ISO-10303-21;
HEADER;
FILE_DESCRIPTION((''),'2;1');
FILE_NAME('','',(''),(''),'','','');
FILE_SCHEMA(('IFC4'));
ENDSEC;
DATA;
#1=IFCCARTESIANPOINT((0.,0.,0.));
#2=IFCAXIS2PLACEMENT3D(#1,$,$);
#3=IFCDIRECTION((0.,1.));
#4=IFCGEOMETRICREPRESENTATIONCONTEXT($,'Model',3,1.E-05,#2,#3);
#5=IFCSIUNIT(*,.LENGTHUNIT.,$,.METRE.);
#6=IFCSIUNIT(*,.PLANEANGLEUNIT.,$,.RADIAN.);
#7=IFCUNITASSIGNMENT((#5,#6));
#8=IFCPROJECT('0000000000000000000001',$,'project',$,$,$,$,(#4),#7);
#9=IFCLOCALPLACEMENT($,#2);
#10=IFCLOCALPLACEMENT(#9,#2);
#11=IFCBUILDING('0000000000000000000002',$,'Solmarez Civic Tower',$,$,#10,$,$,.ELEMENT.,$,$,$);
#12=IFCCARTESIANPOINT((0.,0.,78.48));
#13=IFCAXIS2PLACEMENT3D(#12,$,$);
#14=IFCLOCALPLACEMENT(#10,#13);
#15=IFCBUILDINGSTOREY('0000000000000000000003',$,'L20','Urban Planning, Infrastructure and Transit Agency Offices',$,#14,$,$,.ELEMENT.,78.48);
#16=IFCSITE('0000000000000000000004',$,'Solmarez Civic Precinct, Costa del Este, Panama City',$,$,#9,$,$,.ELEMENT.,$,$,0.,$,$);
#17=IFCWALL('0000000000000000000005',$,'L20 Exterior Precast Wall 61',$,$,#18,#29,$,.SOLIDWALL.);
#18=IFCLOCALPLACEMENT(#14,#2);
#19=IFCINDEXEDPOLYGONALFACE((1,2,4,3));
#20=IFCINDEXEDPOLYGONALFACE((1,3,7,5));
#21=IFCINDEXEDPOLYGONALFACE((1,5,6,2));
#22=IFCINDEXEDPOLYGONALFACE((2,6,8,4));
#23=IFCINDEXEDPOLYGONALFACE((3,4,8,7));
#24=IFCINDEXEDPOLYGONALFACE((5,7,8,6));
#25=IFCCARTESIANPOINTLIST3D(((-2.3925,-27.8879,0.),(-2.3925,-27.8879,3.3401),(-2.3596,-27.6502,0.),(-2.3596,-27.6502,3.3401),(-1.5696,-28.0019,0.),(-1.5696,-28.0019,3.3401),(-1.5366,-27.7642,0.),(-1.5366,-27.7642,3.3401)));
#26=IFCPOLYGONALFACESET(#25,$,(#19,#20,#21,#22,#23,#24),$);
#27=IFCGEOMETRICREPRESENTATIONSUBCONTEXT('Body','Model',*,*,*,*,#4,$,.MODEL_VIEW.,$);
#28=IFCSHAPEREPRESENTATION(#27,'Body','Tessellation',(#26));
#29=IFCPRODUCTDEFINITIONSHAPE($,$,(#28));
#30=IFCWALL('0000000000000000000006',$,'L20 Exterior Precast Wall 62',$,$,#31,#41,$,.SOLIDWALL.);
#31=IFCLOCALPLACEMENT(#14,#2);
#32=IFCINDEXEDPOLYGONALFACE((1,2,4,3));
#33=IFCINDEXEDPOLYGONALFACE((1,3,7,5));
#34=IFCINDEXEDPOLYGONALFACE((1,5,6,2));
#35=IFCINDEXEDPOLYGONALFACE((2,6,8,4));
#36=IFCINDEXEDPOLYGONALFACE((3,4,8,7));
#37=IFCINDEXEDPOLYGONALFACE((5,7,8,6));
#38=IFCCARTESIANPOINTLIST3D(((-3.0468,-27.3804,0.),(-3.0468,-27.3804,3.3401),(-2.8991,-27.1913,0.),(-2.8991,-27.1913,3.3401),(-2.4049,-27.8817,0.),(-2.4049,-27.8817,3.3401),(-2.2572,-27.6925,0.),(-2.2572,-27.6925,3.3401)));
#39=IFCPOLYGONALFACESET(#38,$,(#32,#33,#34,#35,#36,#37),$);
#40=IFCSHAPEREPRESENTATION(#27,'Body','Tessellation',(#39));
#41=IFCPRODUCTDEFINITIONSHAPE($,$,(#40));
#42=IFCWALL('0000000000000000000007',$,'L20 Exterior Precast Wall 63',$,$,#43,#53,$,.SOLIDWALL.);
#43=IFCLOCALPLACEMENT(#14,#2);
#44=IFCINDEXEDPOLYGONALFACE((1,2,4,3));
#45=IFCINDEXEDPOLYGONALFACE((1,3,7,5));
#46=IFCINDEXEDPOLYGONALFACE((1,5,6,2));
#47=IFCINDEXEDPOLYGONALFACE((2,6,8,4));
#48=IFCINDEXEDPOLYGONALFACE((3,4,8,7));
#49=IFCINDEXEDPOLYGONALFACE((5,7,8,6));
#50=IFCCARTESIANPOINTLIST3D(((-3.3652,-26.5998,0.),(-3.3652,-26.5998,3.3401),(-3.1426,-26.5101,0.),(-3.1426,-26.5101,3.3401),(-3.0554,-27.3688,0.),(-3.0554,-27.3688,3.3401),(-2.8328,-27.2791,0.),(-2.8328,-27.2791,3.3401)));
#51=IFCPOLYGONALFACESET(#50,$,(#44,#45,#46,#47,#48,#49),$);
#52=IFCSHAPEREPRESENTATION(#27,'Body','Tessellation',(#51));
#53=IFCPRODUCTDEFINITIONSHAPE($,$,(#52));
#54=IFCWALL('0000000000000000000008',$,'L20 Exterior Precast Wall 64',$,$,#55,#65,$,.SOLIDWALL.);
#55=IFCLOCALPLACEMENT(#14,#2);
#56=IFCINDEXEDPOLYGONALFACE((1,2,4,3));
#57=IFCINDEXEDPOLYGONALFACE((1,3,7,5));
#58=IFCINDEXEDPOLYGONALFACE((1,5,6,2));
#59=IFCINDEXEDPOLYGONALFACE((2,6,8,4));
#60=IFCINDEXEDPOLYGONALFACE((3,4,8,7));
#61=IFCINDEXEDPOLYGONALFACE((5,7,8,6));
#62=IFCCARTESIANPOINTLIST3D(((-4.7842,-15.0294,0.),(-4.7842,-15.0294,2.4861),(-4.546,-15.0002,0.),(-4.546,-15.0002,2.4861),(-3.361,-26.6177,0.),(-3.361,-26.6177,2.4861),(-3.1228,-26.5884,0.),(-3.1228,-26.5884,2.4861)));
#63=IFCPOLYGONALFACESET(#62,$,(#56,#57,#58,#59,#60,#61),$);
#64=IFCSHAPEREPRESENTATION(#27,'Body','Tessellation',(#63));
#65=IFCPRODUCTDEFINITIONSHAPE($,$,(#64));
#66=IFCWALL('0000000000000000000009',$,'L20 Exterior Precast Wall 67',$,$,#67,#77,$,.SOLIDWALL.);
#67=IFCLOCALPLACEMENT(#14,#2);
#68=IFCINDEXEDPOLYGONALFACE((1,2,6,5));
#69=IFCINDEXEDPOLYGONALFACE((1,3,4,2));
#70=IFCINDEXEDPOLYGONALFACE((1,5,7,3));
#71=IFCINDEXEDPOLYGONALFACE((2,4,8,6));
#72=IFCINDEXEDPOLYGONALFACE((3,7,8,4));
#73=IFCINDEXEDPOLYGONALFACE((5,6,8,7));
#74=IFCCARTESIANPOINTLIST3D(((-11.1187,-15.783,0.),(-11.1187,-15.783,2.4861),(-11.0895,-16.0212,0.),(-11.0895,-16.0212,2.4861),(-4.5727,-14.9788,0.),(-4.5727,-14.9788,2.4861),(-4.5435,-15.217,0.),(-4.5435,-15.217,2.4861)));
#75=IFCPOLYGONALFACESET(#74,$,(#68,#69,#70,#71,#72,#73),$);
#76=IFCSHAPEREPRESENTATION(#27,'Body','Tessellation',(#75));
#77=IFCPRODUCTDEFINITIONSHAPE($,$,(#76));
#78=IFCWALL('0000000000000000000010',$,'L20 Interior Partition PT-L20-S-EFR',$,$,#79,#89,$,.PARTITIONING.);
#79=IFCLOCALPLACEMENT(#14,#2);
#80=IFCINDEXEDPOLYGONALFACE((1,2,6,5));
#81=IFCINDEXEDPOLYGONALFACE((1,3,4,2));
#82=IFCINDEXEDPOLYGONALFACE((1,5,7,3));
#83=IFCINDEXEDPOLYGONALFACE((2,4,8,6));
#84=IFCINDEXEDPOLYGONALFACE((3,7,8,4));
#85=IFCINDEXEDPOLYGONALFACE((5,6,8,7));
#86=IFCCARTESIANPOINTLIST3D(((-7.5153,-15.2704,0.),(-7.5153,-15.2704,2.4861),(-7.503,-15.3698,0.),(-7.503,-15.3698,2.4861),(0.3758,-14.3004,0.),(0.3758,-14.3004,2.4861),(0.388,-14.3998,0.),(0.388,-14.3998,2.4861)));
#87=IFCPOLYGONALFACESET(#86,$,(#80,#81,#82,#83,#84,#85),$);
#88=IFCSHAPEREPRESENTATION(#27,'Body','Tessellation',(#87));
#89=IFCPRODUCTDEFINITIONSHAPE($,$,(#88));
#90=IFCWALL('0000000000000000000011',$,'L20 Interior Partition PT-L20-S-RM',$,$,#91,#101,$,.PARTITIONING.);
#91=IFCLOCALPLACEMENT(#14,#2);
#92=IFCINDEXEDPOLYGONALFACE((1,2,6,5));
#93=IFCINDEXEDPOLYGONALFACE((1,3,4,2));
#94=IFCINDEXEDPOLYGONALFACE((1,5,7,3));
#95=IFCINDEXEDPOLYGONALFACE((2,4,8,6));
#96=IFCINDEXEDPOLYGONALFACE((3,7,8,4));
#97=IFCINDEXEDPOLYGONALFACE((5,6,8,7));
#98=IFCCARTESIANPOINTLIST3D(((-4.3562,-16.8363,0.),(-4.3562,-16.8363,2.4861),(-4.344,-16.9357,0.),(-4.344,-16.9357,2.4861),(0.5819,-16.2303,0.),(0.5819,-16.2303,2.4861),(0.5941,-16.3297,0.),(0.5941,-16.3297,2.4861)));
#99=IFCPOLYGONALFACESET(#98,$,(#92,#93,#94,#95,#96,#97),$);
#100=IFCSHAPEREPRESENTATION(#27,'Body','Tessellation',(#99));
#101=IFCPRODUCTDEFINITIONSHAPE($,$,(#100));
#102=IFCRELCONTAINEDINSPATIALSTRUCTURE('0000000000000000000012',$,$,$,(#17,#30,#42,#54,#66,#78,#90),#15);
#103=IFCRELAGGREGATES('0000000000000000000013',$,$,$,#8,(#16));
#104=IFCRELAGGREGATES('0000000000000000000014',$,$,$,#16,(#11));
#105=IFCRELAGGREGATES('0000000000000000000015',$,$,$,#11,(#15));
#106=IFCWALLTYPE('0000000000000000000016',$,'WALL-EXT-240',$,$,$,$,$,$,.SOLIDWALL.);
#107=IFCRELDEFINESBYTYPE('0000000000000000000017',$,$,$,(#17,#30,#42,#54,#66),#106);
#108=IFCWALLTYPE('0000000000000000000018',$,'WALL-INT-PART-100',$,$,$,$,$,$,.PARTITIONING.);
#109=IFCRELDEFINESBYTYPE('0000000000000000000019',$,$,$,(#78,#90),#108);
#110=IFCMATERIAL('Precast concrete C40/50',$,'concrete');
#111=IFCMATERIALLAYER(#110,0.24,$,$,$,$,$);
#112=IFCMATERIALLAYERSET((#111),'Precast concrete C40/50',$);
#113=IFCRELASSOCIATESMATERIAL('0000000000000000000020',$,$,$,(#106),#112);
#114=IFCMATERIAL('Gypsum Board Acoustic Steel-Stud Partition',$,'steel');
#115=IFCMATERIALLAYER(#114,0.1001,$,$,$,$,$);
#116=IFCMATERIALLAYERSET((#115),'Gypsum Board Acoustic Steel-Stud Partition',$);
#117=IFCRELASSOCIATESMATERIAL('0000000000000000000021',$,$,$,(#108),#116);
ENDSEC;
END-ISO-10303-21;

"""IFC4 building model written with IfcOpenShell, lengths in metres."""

from ifc_helpers import new_model, si_unit, direction, frame, frame_2d, origin, place, context, subcontext, project, spatial, rectangle, extrude, material, layer, layer_set, type_object, element, save


model = new_model("IFC4")

# Units and contexts
model_context = context("Model", 3, precision=1e-05, world=origin(), true_north=direction((0.0, 1.0)))
body_context = subcontext(model_context, "Body", "Model", "MODEL_VIEW")
ifc_project = project(units=[si_unit("LENGTHUNIT", "METRE"), si_unit("PLANEANGLEUNIT", "RADIAN")], contexts=[model_context])

# Site, building, storey
site_placement = place(None, origin())
site = spatial("IfcSite", under=ifc_project, at=site_placement, Name="Solmarez Civic Precinct, Costa del Este, Panama City", CompositionType="ELEMENT", RefElevation=0.0)
building_placement = place(site_placement, origin())
building = spatial("IfcBuilding", under=site, at=building_placement, Name="Solmarez Civic Tower", CompositionType="ELEMENT")
storey_placement = place(building_placement, frame((0.0, 0.0, 78.48)))
storey = spatial("IfcBuildingStorey", under=building, at=storey_placement, Name="L20", Description="Urban Planning, Infrastructure and Transit Agency Offices", CompositionType="ELEMENT", Elevation=78.48)

# Walls
ifc_material_1 = material(Name="Precast concrete C40/50", Category="concrete")
ifc_layer_1 = layer(ifc_material_1, 0.24)
ifc_layer_set_1 = layer_set([ifc_layer_1], Name="Precast concrete C40/50")
wall_type_1 = type_object("IfcWallType", Name="WALL-EXT-240", PredefinedType="SOLIDWALL", material=ifc_layer_set_1)
wall_1_placement = place(storey_placement, frame((-1.553, -27.8831, 0.0), z_axis=(0.0, 0.0, 1.0), x_axis=(-0.99054, 0.137224, 0.0)))
element("IfcWall", 1, at=wall_1_placement, inside=storey, type_object=wall_type_1, Name="L20 Exterior Precast Wall 61", PredefinedType="SOLIDWALL", context=body_context, shape_type="SweptSolid", body=[
    extrude(rectangle(XDim=0.8308, YDim=0.24, at=frame_2d((0.4155, 0.0))), origin(), (0.0, 0.0, 1.0), 3.3401),
])
wall_2_placement = place(storey_placement, frame((-2.3311, -27.7871, 0.0), z_axis=(0.0, 0.0, 1.0), x_axis=(-0.788156, 0.615475, 0.0)))
element("IfcWall", 2, at=wall_2_placement, inside=storey, type_object=wall_type_1, Name="L20 Exterior Precast Wall 62", PredefinedType="SOLIDWALL", context=body_context, shape_type="SweptSolid", body=[
    extrude(rectangle(XDim=0.8145, YDim=0.24, at=frame_2d((0.4072, 0.0))), origin(), (0.0, 0.0, 1.0), 3.3401),
])
wall_3_placement = place(storey_placement, frame((-2.9441, -27.324, 0.0), z_axis=(0.0, 0.0, 1.0), x_axis=(-0.373674, 0.92756, 0.0)))
element("IfcWall", 3, at=wall_3_placement, inside=storey, type_object=wall_type_1, Name="L20 Exterior Precast Wall 63", PredefinedType="SOLIDWALL", context=body_context, shape_type="SweptSolid", body=[
    extrude(rectangle(XDim=0.8291, YDim=0.24, at=frame_2d((0.4146, 0.0))), origin(), (0.0, 0.0, 1.0), 3.3401),
])
wall_4_placement = place(storey_placement, frame((-3.2419, -26.603, 0.0), z_axis=(0.0, 0.0, 1.0), x_axis=(-0.121891, 0.992544, 0.0)))
element("IfcWall", 4, at=wall_4_placement, inside=storey, type_object=wall_type_1, Name="L20 Exterior Precast Wall 64", PredefinedType="SOLIDWALL", context=body_context, shape_type="SweptSolid", body=[
    extrude(rectangle(XDim=11.6753, YDim=0.24, at=frame_2d((5.8376, 0.0))), origin(), (0.0, 0.0, 1.0), 2.4861),
])
wall_5_placement = place(storey_placement, frame((-4.5581, -15.0979, 0.0), z_axis=(0.0, 0.0, 1.0), x_axis=(-0.992538, -0.121939, 0.0)))
element("IfcWall", 5, at=wall_5_placement, inside=storey, type_object=wall_type_1, Name="L20 Exterior Precast Wall 67", PredefinedType="SOLIDWALL", context=body_context, shape_type="SweptSolid", body=[
    extrude(rectangle(XDim=6.5952, YDim=0.24, at=frame_2d((3.2976, 0.0))), origin(), (0.0, 0.0, 1.0), 2.4861),
])
ifc_material_2 = material(Name="Gypsum Board Acoustic Steel-Stud Partition", Category="steel")
ifc_layer_2 = layer(ifc_material_2, 0.1001)
ifc_layer_set_2 = layer_set([ifc_layer_2], Name="Gypsum Board Acoustic Steel-Stud Partition")
wall_type_2 = type_object("IfcWallType", Name="WALL-INT-PART-100", PredefinedType="PARTITIONING", material=ifc_layer_set_2)
wall_6_placement = place(storey_placement, frame((-7.509, -15.3201, 0.0), z_axis=(0.0, 0.0, 1.0), x_axis=(0.99253, 0.122001, 0.0)))
element("IfcWall", 6, at=wall_6_placement, inside=storey, type_object=wall_type_2, Name="L20 Interior Partition PT-L20-S-EFR", PredefinedType="PARTITIONING", context=body_context, shape_type="SweptSolid", body=[
    extrude(rectangle(XDim=7.9504, YDim=0.1001, at=frame_2d((3.9751, 0.0))), origin(), (0.0, 0.0, 1.0), 2.4861),
])
wall_7_placement = place(storey_placement, frame((-4.3501, -16.886, 0.0), z_axis=(0.0, 0.0, 1.0), x_axis=(0.992555, 0.1218, 0.0)))
element("IfcWall", 7, at=wall_7_placement, inside=storey, type_object=wall_type_2, Name="L20 Interior Partition PT-L20-S-RM", PredefinedType="PARTITIONING", context=body_context, shape_type="SweptSolid", body=[
    extrude(rectangle(XDim=4.9751, YDim=0.1001, at=frame_2d((2.4875, 0.0))), origin(), (0.0, 0.0, 1.0), 2.4861),
])

save(model, "model.ifc")
